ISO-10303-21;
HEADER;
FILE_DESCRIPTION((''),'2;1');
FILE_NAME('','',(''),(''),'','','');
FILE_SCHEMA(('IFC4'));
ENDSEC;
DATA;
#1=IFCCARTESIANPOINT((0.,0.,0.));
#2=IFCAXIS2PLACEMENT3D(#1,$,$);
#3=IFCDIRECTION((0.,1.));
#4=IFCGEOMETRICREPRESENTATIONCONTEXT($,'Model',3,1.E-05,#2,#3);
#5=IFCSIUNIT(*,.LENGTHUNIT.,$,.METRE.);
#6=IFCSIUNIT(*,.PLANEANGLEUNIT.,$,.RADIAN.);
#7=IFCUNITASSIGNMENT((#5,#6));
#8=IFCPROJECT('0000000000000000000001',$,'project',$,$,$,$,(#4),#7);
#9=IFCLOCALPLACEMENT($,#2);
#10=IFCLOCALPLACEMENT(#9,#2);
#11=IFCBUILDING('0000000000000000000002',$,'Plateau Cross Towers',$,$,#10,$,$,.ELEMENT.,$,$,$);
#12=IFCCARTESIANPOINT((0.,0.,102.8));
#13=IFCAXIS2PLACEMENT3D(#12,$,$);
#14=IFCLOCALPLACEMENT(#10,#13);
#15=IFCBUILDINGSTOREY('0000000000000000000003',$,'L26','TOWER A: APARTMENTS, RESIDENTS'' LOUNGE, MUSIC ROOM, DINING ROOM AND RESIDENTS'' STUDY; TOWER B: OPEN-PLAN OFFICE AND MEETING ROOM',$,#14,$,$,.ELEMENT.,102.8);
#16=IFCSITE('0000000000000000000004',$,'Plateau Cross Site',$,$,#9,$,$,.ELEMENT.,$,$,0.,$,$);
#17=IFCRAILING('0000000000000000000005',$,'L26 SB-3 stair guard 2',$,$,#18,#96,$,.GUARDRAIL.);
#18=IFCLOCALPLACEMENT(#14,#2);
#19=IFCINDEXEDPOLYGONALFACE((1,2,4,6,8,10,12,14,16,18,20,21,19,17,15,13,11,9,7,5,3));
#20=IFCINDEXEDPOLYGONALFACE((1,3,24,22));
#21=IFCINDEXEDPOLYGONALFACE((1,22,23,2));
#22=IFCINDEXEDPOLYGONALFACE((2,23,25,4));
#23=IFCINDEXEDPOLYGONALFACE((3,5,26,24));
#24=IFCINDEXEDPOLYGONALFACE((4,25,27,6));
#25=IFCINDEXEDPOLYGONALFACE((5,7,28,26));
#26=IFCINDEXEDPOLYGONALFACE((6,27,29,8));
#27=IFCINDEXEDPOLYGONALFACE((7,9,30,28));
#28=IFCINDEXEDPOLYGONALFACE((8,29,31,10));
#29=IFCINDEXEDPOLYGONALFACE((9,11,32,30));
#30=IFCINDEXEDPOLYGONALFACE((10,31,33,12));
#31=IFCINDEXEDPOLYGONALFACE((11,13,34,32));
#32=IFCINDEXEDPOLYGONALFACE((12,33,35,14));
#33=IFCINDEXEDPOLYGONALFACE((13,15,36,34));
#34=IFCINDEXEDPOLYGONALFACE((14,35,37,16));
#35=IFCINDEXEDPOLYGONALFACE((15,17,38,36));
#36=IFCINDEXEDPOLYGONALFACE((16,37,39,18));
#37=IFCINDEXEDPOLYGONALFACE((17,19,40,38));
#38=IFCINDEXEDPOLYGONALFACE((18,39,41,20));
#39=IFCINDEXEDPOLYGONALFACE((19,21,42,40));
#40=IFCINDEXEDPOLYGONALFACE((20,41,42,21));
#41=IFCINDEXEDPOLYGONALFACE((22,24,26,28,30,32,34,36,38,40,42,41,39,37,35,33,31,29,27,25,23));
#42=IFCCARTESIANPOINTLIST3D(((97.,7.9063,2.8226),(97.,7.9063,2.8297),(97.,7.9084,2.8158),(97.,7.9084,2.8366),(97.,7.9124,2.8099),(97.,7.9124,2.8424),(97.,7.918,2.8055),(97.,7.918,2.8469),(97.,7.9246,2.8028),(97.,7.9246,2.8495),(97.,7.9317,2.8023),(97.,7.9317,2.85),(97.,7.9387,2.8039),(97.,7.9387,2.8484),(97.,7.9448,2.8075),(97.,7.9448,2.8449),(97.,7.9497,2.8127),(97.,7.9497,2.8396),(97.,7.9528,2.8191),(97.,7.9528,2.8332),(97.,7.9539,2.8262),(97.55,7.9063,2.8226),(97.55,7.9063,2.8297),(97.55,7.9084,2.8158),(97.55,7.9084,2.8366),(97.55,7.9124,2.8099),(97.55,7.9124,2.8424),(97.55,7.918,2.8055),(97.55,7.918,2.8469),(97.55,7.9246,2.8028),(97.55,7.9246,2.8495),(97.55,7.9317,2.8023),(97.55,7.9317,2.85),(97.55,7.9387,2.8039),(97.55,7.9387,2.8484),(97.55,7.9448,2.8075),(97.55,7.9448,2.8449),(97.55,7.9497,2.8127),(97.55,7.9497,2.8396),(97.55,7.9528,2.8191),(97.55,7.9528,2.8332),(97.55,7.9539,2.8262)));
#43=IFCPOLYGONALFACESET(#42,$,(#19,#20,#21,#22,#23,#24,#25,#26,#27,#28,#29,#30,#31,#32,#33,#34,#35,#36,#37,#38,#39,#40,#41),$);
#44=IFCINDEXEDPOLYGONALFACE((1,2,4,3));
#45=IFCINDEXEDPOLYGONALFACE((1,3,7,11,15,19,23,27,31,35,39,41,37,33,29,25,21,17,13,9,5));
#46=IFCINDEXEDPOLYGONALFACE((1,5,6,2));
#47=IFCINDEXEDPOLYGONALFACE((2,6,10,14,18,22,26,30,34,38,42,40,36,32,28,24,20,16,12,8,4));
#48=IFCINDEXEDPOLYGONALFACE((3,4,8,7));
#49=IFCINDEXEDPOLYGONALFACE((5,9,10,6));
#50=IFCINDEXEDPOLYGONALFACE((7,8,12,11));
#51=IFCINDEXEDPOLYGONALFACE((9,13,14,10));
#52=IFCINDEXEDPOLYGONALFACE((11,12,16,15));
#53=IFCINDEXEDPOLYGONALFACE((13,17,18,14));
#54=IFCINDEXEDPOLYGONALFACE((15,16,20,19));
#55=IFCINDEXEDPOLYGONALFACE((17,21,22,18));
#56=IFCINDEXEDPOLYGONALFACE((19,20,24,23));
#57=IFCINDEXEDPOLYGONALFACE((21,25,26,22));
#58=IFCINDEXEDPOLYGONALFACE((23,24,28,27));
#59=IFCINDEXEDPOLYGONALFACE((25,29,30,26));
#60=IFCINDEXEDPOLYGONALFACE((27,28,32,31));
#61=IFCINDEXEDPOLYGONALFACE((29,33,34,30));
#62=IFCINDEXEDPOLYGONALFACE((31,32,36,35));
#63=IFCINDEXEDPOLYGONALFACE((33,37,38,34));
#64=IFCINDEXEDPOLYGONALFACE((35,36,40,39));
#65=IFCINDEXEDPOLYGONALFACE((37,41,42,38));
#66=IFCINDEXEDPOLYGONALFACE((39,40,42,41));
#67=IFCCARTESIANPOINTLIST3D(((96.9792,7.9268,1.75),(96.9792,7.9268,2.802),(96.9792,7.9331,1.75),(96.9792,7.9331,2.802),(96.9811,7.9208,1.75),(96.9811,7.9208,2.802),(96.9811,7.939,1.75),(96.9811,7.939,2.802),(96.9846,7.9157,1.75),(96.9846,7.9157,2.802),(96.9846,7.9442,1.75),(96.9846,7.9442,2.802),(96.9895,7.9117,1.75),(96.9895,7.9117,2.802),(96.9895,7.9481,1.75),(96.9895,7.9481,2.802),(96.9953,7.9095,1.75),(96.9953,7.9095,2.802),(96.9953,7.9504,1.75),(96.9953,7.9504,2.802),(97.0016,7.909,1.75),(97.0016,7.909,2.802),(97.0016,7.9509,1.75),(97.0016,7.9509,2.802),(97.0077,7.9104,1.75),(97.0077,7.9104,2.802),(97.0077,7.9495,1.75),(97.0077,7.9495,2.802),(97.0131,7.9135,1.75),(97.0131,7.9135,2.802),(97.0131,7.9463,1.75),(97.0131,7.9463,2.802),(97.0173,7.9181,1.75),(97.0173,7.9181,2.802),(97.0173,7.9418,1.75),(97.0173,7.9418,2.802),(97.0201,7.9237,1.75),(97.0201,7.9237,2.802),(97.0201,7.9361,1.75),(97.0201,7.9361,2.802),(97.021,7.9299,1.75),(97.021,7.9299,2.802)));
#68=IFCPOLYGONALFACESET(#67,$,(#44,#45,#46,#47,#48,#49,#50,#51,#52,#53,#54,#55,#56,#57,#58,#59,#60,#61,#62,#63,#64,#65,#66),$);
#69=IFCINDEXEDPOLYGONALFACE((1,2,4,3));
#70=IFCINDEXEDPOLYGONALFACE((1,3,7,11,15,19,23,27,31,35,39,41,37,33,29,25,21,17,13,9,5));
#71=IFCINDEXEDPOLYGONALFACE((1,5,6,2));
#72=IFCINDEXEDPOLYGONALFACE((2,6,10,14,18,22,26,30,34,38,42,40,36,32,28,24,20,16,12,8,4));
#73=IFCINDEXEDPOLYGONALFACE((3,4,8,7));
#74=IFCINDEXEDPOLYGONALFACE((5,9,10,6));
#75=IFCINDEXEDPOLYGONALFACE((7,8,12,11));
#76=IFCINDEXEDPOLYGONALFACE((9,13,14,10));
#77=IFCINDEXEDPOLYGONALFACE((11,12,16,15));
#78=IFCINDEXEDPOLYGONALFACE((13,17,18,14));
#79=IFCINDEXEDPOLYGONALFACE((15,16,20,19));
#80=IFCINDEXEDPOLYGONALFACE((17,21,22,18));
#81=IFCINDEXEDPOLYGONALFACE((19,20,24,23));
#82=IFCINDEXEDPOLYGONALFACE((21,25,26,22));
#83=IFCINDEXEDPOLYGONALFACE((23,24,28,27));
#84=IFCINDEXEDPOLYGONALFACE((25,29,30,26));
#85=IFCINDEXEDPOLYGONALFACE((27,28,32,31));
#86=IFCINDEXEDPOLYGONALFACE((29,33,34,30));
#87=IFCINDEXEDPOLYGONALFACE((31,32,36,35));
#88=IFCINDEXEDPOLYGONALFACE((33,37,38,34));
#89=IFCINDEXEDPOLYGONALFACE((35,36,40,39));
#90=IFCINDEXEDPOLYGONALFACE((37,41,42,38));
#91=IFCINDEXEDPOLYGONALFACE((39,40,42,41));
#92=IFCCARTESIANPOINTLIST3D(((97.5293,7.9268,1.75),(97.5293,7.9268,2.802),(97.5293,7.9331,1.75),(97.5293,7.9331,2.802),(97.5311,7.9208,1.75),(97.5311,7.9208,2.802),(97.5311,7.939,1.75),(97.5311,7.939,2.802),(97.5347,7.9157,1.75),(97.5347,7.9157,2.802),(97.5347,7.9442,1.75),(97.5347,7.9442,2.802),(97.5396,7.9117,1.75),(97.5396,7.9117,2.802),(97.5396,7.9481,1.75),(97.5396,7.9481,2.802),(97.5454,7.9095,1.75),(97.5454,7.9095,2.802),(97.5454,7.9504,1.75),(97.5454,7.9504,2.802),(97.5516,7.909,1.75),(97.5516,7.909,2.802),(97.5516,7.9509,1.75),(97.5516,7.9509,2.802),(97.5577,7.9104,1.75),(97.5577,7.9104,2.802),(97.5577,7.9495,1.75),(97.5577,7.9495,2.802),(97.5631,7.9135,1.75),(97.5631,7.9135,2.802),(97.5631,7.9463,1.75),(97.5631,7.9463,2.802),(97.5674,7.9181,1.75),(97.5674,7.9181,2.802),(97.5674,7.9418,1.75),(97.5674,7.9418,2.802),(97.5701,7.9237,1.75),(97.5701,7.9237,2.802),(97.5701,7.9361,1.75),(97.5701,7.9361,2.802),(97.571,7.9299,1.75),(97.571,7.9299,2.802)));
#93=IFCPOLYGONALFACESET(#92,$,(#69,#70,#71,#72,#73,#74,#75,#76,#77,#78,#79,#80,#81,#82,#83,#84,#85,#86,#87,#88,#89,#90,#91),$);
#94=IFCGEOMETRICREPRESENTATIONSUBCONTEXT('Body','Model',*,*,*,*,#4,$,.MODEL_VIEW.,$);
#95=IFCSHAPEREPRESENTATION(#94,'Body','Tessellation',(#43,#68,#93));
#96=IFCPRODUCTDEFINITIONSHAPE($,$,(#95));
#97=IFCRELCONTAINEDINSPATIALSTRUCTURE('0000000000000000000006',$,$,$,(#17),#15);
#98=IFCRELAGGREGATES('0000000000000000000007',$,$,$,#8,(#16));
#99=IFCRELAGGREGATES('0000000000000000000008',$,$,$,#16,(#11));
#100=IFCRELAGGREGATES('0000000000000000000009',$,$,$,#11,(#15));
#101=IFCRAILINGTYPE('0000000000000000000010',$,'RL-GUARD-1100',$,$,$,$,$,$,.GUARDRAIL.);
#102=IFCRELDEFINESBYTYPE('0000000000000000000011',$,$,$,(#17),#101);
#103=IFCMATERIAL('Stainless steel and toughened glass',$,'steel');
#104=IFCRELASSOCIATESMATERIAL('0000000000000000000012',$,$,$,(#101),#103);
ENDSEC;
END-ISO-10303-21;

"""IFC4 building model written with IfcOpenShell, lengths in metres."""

from ifc_helpers import new_model, si_unit, direction, frame, origin, origin_2d, place, context, subcontext, project, spatial, circle, extrude, material, type_object, element, save


model = new_model("IFC4")

# Units and contexts
model_context = context("Model", 3, precision=1e-05, world=origin(), true_north=direction((0.0, 1.0)))
body_context = subcontext(model_context, "Body", "Model", "MODEL_VIEW")
ifc_project = project(units=[si_unit("LENGTHUNIT", "METRE"), si_unit("PLANEANGLEUNIT", "RADIAN")], contexts=[model_context])

# Site, building, storey
site_placement = place(None, origin())
site = spatial("IfcSite", under=ifc_project, at=site_placement, Name="Plateau Cross Site", CompositionType="ELEMENT", RefElevation=0.0)
building_placement = place(site_placement, origin())
building = spatial("IfcBuilding", under=site, at=building_placement, Name="Plateau Cross Towers", CompositionType="ELEMENT")
storey_placement = place(building_placement, frame((0.0, 0.0, 102.8)))
storey = spatial("IfcBuildingStorey", under=building, at=storey_placement, Name="L26", Description="TOWER A: APARTMENTS, RESIDENTS' LOUNGE, MUSIC ROOM, DINING ROOM AND RESIDENTS' STUDY; TOWER B: OPEN-PLAN OFFICE AND MEETING ROOM", CompositionType="ELEMENT", Elevation=102.8)

# Railing
ifc_material_1 = material(Name="Stainless steel and toughened glass", Category="steel")
railing_type_1 = type_object("IfcRailingType", Name="RL-GUARD-1100", PredefinedType="GUARDRAIL", material=ifc_material_1)
railing_1_placement = place(storey_placement, frame((97.0, 7.9299, 1.75)))
element("IfcRailing", 1, at=railing_1_placement, inside=storey, type_object=railing_type_1, Name="L26 SB-3 stair guard 2", PredefinedType="GUARDRAIL", context=body_context, shape_type="SweptSolid", body=[
    extrude(circle(Radius=0.0239, at=origin_2d()), frame((0.0, 0.0, 1.0762), z_axis=(1.0, 0.0, 0.0), x_axis=(0.0, 1.0, 0.0)), (0.0, 0.0, 1.0), 0.55),
    extrude(circle(Radius=0.021, at=origin_2d()), origin(), (0.0, 0.0, 1.0), 1.052),
    extrude(circle(Radius=0.021, at=origin_2d()), frame((0.55, 0.0, 0.0)), (0.0, 0.0, 1.0), 1.052),
])

save(model, "model.ifc")
